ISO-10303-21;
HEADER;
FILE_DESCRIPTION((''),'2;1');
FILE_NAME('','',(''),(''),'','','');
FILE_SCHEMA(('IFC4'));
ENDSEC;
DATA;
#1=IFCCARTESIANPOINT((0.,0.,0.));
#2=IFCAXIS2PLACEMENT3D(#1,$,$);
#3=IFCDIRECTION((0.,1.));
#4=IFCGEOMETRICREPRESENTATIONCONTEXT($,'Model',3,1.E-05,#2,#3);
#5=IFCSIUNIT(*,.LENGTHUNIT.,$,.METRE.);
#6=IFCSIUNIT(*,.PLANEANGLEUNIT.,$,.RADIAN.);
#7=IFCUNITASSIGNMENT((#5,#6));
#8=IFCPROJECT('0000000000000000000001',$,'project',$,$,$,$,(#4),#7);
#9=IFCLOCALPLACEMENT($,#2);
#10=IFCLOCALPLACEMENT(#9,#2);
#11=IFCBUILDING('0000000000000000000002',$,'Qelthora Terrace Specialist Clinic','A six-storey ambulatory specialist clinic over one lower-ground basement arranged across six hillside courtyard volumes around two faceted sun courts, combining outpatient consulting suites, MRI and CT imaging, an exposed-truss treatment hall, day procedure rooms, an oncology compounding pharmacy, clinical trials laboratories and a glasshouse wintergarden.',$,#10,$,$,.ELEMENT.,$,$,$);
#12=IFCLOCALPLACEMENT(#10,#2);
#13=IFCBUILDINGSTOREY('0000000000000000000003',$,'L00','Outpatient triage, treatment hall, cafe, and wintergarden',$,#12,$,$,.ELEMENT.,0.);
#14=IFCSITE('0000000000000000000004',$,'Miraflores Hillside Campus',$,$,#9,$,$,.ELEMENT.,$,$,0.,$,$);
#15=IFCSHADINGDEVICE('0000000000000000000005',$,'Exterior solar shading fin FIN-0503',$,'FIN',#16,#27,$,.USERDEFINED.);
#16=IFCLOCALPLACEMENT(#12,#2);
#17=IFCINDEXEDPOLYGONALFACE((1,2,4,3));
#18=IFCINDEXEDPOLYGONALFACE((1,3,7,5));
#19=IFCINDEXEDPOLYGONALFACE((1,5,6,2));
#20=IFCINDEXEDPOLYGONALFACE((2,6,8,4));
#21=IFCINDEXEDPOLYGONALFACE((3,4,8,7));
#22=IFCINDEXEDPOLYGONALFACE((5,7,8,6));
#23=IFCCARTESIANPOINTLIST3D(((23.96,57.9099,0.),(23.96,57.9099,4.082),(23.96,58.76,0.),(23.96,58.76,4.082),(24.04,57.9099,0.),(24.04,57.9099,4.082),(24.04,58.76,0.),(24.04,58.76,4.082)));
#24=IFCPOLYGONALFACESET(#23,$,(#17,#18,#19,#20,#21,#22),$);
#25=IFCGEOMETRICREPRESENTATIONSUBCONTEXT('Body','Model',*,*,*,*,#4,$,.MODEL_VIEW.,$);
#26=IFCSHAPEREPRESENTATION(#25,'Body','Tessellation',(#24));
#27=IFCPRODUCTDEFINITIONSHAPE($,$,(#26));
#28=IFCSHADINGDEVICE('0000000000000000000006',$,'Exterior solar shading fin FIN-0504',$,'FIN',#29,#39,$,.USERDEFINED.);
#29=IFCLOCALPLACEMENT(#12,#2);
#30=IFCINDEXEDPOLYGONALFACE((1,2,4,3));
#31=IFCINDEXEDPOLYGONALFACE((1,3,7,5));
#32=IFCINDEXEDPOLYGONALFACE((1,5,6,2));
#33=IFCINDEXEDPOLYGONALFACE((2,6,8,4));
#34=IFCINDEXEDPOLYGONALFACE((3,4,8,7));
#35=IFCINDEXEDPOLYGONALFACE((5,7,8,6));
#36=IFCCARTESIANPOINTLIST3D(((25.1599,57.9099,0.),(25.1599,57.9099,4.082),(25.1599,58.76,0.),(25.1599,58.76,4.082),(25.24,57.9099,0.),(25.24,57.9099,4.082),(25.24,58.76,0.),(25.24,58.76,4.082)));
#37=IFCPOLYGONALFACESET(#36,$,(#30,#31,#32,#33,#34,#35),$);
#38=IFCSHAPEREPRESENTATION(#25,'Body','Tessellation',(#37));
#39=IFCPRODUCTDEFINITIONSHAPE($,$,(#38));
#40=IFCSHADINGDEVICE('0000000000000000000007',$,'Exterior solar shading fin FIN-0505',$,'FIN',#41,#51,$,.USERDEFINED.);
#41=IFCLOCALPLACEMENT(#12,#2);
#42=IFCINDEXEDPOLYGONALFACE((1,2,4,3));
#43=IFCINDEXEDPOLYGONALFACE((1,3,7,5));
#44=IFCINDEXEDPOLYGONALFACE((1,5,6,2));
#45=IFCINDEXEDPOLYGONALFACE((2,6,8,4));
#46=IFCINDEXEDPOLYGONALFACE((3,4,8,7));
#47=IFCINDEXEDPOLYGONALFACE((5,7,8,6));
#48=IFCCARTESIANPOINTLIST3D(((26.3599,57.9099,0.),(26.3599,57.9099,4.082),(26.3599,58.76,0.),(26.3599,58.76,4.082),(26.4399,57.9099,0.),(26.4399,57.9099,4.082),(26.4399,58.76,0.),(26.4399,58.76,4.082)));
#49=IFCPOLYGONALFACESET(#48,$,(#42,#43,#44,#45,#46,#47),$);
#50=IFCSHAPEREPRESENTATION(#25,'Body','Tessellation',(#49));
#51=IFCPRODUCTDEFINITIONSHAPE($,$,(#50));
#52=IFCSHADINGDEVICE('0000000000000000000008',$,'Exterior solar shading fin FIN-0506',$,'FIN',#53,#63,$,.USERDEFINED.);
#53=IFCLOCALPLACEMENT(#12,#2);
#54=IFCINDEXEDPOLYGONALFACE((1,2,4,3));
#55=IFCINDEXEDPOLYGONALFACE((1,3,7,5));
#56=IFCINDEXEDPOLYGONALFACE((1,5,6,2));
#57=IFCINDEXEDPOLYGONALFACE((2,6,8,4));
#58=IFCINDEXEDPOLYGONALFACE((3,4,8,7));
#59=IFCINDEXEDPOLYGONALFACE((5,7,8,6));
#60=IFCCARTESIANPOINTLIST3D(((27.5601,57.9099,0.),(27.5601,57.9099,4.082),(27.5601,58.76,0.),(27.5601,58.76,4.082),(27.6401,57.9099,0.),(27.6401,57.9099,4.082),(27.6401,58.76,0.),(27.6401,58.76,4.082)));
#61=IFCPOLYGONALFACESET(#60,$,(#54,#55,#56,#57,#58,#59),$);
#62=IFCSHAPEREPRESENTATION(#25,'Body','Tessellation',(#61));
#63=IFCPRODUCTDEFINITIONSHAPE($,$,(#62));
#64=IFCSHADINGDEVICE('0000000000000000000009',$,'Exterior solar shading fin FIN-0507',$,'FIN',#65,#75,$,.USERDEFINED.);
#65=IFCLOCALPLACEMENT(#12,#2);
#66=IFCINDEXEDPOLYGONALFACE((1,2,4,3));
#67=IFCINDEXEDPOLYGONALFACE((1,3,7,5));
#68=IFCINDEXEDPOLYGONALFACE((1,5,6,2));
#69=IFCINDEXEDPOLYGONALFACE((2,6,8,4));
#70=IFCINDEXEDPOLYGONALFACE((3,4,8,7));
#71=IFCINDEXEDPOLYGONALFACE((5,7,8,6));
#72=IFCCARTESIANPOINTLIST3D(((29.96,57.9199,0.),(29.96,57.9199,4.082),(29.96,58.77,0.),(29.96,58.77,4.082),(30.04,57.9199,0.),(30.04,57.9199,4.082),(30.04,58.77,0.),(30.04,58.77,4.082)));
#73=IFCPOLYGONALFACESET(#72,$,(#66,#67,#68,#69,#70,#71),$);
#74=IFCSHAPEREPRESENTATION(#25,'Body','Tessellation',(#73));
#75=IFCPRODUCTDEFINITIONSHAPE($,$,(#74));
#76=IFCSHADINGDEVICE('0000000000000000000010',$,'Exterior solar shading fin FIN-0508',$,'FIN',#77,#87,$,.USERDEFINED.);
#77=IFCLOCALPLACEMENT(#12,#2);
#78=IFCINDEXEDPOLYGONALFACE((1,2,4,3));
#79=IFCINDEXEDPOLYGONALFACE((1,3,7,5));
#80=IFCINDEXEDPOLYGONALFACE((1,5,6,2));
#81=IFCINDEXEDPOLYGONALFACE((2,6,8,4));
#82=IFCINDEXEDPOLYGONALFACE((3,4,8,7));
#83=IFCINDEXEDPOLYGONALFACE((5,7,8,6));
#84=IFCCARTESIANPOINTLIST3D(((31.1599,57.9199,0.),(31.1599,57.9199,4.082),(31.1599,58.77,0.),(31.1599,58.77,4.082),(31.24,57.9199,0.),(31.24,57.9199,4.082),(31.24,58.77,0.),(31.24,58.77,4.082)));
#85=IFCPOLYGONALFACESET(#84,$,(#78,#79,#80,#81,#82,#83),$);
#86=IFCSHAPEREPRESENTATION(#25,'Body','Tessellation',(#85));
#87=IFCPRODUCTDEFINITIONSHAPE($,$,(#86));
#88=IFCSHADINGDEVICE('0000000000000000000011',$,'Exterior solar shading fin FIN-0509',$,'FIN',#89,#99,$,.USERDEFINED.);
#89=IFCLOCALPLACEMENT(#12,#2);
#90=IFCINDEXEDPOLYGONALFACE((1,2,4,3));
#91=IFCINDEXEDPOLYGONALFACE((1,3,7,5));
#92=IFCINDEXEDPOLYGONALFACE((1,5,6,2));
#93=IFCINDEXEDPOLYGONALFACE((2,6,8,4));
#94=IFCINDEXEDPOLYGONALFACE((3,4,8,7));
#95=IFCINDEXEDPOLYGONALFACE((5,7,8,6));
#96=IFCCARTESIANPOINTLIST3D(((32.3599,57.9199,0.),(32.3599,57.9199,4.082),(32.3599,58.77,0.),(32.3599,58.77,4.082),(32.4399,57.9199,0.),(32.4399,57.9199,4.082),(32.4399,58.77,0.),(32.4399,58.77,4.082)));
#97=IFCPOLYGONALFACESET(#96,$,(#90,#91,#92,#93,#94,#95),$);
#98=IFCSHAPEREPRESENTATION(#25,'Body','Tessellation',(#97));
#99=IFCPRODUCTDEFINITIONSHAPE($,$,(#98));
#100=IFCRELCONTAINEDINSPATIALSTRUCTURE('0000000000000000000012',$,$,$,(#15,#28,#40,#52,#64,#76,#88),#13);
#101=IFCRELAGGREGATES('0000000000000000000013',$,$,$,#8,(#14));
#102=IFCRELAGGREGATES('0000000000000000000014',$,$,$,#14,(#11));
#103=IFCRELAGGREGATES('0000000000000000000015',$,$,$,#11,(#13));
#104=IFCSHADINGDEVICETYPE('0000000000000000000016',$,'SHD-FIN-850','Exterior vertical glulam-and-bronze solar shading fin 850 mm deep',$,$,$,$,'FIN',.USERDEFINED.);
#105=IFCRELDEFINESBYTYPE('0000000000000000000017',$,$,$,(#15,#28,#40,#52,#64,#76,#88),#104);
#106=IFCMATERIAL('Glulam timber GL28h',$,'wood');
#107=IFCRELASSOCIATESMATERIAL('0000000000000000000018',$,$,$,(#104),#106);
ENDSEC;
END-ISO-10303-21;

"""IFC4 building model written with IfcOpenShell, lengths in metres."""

from ifc_helpers import new_model, si_unit, direction, frame, origin, origin_2d, place, context, subcontext, project, spatial, rectangle, extrude, material, type_object, element, save


model = new_model("IFC4")

# Units and contexts
model_context = context("Model", 3, precision=1e-05, world=origin(), true_north=direction((0.0, 1.0)))
body_context = subcontext(model_context, "Body", "Model", "MODEL_VIEW")
ifc_project = project(units=[si_unit("LENGTHUNIT", "METRE"), si_unit("PLANEANGLEUNIT", "RADIAN")], contexts=[model_context])

# Site, building, storey
site_placement = place(None, origin())
site = spatial("IfcSite", under=ifc_project, at=site_placement, Name="Miraflores Hillside Campus", CompositionType="ELEMENT", RefElevation=0.0)
building_placement = place(site_placement, origin())
building = spatial("IfcBuilding", under=site, at=building_placement, Name="Qelthora Terrace Specialist Clinic", Description="A six-storey ambulatory specialist clinic over one lower-ground basement arranged across six hillside courtyard volumes around two faceted sun courts, combining outpatient consulting suites, MRI and CT imaging, an exposed-truss treatment hall, day procedure rooms, an oncology compounding pharmacy, clinical trials laboratories and a glasshouse wintergarden.", CompositionType="ELEMENT")
storey_placement = place(building_placement, origin())
storey = spatial("IfcBuildingStorey", under=building, at=storey_placement, Name="L00", Description="Outpatient triage, treatment hall, cafe, and wintergarden", CompositionType="ELEMENT", Elevation=0.0)

# Shading devices
ifc_material_1 = material(Name="Glulam timber GL28h", Category="wood")
shading_device_type = type_object("IfcShadingDeviceType", Name="SHD-FIN-850", Description="Exterior vertical glulam-and-bronze solar shading fin 850 mm deep", ElementType="FIN", PredefinedType="USERDEFINED", material=ifc_material_1)
for number, where, z_axis, x_axis, name in (
    (1, (24.0, 58.335, 0.0), (0.0, 0.0, 1.0), (0.0, -1.0, 0.0), "Exterior solar shading fin FIN-0503"),
    (2, (25.2, 58.335, 0.0), (0.0, 0.0, 1.0), (0.0, -1.0, 0.0), "Exterior solar shading fin FIN-0504"),
    (3, (26.3999, 58.335, 0.0), (0.0, 0.0, 1.0), (0.0, -1.0, 0.0), "Exterior solar shading fin FIN-0505"),
    (4, (27.6001, 58.335, 0.0), (0.0, 0.0, 1.0), (0.0, -1.0, 0.0), "Exterior solar shading fin FIN-0506"),
    (5, (30.0, 58.345, 0.0), (0.0, 0.0, 1.0), (0.0, -1.0, 0.0), "Exterior solar shading fin FIN-0507"),
    (6, (31.2, 58.345, 0.0), (0.0, 0.0, 1.0), (0.0, -1.0, 0.0), "Exterior solar shading fin FIN-0508"),
    (7, (32.3999, 58.345, 0.0), (0.0, 0.0, 1.0), (0.0, -1.0, 0.0), "Exterior solar shading fin FIN-0509"),
):
    element("IfcShadingDevice", number, at=place(storey_placement, frame(where, z_axis=z_axis, x_axis=x_axis)), inside=storey, type_object=shading_device_type, Name=name, ObjectType="FIN", PredefinedType="USERDEFINED", context=body_context, shape_type="SweptSolid", body=[
        extrude(rectangle(XDim=0.8501, YDim=0.0801, at=origin_2d()), origin(), (0.0, 0.0, 1.0), 4.082),
    ])

save(model, "model.ifc")
